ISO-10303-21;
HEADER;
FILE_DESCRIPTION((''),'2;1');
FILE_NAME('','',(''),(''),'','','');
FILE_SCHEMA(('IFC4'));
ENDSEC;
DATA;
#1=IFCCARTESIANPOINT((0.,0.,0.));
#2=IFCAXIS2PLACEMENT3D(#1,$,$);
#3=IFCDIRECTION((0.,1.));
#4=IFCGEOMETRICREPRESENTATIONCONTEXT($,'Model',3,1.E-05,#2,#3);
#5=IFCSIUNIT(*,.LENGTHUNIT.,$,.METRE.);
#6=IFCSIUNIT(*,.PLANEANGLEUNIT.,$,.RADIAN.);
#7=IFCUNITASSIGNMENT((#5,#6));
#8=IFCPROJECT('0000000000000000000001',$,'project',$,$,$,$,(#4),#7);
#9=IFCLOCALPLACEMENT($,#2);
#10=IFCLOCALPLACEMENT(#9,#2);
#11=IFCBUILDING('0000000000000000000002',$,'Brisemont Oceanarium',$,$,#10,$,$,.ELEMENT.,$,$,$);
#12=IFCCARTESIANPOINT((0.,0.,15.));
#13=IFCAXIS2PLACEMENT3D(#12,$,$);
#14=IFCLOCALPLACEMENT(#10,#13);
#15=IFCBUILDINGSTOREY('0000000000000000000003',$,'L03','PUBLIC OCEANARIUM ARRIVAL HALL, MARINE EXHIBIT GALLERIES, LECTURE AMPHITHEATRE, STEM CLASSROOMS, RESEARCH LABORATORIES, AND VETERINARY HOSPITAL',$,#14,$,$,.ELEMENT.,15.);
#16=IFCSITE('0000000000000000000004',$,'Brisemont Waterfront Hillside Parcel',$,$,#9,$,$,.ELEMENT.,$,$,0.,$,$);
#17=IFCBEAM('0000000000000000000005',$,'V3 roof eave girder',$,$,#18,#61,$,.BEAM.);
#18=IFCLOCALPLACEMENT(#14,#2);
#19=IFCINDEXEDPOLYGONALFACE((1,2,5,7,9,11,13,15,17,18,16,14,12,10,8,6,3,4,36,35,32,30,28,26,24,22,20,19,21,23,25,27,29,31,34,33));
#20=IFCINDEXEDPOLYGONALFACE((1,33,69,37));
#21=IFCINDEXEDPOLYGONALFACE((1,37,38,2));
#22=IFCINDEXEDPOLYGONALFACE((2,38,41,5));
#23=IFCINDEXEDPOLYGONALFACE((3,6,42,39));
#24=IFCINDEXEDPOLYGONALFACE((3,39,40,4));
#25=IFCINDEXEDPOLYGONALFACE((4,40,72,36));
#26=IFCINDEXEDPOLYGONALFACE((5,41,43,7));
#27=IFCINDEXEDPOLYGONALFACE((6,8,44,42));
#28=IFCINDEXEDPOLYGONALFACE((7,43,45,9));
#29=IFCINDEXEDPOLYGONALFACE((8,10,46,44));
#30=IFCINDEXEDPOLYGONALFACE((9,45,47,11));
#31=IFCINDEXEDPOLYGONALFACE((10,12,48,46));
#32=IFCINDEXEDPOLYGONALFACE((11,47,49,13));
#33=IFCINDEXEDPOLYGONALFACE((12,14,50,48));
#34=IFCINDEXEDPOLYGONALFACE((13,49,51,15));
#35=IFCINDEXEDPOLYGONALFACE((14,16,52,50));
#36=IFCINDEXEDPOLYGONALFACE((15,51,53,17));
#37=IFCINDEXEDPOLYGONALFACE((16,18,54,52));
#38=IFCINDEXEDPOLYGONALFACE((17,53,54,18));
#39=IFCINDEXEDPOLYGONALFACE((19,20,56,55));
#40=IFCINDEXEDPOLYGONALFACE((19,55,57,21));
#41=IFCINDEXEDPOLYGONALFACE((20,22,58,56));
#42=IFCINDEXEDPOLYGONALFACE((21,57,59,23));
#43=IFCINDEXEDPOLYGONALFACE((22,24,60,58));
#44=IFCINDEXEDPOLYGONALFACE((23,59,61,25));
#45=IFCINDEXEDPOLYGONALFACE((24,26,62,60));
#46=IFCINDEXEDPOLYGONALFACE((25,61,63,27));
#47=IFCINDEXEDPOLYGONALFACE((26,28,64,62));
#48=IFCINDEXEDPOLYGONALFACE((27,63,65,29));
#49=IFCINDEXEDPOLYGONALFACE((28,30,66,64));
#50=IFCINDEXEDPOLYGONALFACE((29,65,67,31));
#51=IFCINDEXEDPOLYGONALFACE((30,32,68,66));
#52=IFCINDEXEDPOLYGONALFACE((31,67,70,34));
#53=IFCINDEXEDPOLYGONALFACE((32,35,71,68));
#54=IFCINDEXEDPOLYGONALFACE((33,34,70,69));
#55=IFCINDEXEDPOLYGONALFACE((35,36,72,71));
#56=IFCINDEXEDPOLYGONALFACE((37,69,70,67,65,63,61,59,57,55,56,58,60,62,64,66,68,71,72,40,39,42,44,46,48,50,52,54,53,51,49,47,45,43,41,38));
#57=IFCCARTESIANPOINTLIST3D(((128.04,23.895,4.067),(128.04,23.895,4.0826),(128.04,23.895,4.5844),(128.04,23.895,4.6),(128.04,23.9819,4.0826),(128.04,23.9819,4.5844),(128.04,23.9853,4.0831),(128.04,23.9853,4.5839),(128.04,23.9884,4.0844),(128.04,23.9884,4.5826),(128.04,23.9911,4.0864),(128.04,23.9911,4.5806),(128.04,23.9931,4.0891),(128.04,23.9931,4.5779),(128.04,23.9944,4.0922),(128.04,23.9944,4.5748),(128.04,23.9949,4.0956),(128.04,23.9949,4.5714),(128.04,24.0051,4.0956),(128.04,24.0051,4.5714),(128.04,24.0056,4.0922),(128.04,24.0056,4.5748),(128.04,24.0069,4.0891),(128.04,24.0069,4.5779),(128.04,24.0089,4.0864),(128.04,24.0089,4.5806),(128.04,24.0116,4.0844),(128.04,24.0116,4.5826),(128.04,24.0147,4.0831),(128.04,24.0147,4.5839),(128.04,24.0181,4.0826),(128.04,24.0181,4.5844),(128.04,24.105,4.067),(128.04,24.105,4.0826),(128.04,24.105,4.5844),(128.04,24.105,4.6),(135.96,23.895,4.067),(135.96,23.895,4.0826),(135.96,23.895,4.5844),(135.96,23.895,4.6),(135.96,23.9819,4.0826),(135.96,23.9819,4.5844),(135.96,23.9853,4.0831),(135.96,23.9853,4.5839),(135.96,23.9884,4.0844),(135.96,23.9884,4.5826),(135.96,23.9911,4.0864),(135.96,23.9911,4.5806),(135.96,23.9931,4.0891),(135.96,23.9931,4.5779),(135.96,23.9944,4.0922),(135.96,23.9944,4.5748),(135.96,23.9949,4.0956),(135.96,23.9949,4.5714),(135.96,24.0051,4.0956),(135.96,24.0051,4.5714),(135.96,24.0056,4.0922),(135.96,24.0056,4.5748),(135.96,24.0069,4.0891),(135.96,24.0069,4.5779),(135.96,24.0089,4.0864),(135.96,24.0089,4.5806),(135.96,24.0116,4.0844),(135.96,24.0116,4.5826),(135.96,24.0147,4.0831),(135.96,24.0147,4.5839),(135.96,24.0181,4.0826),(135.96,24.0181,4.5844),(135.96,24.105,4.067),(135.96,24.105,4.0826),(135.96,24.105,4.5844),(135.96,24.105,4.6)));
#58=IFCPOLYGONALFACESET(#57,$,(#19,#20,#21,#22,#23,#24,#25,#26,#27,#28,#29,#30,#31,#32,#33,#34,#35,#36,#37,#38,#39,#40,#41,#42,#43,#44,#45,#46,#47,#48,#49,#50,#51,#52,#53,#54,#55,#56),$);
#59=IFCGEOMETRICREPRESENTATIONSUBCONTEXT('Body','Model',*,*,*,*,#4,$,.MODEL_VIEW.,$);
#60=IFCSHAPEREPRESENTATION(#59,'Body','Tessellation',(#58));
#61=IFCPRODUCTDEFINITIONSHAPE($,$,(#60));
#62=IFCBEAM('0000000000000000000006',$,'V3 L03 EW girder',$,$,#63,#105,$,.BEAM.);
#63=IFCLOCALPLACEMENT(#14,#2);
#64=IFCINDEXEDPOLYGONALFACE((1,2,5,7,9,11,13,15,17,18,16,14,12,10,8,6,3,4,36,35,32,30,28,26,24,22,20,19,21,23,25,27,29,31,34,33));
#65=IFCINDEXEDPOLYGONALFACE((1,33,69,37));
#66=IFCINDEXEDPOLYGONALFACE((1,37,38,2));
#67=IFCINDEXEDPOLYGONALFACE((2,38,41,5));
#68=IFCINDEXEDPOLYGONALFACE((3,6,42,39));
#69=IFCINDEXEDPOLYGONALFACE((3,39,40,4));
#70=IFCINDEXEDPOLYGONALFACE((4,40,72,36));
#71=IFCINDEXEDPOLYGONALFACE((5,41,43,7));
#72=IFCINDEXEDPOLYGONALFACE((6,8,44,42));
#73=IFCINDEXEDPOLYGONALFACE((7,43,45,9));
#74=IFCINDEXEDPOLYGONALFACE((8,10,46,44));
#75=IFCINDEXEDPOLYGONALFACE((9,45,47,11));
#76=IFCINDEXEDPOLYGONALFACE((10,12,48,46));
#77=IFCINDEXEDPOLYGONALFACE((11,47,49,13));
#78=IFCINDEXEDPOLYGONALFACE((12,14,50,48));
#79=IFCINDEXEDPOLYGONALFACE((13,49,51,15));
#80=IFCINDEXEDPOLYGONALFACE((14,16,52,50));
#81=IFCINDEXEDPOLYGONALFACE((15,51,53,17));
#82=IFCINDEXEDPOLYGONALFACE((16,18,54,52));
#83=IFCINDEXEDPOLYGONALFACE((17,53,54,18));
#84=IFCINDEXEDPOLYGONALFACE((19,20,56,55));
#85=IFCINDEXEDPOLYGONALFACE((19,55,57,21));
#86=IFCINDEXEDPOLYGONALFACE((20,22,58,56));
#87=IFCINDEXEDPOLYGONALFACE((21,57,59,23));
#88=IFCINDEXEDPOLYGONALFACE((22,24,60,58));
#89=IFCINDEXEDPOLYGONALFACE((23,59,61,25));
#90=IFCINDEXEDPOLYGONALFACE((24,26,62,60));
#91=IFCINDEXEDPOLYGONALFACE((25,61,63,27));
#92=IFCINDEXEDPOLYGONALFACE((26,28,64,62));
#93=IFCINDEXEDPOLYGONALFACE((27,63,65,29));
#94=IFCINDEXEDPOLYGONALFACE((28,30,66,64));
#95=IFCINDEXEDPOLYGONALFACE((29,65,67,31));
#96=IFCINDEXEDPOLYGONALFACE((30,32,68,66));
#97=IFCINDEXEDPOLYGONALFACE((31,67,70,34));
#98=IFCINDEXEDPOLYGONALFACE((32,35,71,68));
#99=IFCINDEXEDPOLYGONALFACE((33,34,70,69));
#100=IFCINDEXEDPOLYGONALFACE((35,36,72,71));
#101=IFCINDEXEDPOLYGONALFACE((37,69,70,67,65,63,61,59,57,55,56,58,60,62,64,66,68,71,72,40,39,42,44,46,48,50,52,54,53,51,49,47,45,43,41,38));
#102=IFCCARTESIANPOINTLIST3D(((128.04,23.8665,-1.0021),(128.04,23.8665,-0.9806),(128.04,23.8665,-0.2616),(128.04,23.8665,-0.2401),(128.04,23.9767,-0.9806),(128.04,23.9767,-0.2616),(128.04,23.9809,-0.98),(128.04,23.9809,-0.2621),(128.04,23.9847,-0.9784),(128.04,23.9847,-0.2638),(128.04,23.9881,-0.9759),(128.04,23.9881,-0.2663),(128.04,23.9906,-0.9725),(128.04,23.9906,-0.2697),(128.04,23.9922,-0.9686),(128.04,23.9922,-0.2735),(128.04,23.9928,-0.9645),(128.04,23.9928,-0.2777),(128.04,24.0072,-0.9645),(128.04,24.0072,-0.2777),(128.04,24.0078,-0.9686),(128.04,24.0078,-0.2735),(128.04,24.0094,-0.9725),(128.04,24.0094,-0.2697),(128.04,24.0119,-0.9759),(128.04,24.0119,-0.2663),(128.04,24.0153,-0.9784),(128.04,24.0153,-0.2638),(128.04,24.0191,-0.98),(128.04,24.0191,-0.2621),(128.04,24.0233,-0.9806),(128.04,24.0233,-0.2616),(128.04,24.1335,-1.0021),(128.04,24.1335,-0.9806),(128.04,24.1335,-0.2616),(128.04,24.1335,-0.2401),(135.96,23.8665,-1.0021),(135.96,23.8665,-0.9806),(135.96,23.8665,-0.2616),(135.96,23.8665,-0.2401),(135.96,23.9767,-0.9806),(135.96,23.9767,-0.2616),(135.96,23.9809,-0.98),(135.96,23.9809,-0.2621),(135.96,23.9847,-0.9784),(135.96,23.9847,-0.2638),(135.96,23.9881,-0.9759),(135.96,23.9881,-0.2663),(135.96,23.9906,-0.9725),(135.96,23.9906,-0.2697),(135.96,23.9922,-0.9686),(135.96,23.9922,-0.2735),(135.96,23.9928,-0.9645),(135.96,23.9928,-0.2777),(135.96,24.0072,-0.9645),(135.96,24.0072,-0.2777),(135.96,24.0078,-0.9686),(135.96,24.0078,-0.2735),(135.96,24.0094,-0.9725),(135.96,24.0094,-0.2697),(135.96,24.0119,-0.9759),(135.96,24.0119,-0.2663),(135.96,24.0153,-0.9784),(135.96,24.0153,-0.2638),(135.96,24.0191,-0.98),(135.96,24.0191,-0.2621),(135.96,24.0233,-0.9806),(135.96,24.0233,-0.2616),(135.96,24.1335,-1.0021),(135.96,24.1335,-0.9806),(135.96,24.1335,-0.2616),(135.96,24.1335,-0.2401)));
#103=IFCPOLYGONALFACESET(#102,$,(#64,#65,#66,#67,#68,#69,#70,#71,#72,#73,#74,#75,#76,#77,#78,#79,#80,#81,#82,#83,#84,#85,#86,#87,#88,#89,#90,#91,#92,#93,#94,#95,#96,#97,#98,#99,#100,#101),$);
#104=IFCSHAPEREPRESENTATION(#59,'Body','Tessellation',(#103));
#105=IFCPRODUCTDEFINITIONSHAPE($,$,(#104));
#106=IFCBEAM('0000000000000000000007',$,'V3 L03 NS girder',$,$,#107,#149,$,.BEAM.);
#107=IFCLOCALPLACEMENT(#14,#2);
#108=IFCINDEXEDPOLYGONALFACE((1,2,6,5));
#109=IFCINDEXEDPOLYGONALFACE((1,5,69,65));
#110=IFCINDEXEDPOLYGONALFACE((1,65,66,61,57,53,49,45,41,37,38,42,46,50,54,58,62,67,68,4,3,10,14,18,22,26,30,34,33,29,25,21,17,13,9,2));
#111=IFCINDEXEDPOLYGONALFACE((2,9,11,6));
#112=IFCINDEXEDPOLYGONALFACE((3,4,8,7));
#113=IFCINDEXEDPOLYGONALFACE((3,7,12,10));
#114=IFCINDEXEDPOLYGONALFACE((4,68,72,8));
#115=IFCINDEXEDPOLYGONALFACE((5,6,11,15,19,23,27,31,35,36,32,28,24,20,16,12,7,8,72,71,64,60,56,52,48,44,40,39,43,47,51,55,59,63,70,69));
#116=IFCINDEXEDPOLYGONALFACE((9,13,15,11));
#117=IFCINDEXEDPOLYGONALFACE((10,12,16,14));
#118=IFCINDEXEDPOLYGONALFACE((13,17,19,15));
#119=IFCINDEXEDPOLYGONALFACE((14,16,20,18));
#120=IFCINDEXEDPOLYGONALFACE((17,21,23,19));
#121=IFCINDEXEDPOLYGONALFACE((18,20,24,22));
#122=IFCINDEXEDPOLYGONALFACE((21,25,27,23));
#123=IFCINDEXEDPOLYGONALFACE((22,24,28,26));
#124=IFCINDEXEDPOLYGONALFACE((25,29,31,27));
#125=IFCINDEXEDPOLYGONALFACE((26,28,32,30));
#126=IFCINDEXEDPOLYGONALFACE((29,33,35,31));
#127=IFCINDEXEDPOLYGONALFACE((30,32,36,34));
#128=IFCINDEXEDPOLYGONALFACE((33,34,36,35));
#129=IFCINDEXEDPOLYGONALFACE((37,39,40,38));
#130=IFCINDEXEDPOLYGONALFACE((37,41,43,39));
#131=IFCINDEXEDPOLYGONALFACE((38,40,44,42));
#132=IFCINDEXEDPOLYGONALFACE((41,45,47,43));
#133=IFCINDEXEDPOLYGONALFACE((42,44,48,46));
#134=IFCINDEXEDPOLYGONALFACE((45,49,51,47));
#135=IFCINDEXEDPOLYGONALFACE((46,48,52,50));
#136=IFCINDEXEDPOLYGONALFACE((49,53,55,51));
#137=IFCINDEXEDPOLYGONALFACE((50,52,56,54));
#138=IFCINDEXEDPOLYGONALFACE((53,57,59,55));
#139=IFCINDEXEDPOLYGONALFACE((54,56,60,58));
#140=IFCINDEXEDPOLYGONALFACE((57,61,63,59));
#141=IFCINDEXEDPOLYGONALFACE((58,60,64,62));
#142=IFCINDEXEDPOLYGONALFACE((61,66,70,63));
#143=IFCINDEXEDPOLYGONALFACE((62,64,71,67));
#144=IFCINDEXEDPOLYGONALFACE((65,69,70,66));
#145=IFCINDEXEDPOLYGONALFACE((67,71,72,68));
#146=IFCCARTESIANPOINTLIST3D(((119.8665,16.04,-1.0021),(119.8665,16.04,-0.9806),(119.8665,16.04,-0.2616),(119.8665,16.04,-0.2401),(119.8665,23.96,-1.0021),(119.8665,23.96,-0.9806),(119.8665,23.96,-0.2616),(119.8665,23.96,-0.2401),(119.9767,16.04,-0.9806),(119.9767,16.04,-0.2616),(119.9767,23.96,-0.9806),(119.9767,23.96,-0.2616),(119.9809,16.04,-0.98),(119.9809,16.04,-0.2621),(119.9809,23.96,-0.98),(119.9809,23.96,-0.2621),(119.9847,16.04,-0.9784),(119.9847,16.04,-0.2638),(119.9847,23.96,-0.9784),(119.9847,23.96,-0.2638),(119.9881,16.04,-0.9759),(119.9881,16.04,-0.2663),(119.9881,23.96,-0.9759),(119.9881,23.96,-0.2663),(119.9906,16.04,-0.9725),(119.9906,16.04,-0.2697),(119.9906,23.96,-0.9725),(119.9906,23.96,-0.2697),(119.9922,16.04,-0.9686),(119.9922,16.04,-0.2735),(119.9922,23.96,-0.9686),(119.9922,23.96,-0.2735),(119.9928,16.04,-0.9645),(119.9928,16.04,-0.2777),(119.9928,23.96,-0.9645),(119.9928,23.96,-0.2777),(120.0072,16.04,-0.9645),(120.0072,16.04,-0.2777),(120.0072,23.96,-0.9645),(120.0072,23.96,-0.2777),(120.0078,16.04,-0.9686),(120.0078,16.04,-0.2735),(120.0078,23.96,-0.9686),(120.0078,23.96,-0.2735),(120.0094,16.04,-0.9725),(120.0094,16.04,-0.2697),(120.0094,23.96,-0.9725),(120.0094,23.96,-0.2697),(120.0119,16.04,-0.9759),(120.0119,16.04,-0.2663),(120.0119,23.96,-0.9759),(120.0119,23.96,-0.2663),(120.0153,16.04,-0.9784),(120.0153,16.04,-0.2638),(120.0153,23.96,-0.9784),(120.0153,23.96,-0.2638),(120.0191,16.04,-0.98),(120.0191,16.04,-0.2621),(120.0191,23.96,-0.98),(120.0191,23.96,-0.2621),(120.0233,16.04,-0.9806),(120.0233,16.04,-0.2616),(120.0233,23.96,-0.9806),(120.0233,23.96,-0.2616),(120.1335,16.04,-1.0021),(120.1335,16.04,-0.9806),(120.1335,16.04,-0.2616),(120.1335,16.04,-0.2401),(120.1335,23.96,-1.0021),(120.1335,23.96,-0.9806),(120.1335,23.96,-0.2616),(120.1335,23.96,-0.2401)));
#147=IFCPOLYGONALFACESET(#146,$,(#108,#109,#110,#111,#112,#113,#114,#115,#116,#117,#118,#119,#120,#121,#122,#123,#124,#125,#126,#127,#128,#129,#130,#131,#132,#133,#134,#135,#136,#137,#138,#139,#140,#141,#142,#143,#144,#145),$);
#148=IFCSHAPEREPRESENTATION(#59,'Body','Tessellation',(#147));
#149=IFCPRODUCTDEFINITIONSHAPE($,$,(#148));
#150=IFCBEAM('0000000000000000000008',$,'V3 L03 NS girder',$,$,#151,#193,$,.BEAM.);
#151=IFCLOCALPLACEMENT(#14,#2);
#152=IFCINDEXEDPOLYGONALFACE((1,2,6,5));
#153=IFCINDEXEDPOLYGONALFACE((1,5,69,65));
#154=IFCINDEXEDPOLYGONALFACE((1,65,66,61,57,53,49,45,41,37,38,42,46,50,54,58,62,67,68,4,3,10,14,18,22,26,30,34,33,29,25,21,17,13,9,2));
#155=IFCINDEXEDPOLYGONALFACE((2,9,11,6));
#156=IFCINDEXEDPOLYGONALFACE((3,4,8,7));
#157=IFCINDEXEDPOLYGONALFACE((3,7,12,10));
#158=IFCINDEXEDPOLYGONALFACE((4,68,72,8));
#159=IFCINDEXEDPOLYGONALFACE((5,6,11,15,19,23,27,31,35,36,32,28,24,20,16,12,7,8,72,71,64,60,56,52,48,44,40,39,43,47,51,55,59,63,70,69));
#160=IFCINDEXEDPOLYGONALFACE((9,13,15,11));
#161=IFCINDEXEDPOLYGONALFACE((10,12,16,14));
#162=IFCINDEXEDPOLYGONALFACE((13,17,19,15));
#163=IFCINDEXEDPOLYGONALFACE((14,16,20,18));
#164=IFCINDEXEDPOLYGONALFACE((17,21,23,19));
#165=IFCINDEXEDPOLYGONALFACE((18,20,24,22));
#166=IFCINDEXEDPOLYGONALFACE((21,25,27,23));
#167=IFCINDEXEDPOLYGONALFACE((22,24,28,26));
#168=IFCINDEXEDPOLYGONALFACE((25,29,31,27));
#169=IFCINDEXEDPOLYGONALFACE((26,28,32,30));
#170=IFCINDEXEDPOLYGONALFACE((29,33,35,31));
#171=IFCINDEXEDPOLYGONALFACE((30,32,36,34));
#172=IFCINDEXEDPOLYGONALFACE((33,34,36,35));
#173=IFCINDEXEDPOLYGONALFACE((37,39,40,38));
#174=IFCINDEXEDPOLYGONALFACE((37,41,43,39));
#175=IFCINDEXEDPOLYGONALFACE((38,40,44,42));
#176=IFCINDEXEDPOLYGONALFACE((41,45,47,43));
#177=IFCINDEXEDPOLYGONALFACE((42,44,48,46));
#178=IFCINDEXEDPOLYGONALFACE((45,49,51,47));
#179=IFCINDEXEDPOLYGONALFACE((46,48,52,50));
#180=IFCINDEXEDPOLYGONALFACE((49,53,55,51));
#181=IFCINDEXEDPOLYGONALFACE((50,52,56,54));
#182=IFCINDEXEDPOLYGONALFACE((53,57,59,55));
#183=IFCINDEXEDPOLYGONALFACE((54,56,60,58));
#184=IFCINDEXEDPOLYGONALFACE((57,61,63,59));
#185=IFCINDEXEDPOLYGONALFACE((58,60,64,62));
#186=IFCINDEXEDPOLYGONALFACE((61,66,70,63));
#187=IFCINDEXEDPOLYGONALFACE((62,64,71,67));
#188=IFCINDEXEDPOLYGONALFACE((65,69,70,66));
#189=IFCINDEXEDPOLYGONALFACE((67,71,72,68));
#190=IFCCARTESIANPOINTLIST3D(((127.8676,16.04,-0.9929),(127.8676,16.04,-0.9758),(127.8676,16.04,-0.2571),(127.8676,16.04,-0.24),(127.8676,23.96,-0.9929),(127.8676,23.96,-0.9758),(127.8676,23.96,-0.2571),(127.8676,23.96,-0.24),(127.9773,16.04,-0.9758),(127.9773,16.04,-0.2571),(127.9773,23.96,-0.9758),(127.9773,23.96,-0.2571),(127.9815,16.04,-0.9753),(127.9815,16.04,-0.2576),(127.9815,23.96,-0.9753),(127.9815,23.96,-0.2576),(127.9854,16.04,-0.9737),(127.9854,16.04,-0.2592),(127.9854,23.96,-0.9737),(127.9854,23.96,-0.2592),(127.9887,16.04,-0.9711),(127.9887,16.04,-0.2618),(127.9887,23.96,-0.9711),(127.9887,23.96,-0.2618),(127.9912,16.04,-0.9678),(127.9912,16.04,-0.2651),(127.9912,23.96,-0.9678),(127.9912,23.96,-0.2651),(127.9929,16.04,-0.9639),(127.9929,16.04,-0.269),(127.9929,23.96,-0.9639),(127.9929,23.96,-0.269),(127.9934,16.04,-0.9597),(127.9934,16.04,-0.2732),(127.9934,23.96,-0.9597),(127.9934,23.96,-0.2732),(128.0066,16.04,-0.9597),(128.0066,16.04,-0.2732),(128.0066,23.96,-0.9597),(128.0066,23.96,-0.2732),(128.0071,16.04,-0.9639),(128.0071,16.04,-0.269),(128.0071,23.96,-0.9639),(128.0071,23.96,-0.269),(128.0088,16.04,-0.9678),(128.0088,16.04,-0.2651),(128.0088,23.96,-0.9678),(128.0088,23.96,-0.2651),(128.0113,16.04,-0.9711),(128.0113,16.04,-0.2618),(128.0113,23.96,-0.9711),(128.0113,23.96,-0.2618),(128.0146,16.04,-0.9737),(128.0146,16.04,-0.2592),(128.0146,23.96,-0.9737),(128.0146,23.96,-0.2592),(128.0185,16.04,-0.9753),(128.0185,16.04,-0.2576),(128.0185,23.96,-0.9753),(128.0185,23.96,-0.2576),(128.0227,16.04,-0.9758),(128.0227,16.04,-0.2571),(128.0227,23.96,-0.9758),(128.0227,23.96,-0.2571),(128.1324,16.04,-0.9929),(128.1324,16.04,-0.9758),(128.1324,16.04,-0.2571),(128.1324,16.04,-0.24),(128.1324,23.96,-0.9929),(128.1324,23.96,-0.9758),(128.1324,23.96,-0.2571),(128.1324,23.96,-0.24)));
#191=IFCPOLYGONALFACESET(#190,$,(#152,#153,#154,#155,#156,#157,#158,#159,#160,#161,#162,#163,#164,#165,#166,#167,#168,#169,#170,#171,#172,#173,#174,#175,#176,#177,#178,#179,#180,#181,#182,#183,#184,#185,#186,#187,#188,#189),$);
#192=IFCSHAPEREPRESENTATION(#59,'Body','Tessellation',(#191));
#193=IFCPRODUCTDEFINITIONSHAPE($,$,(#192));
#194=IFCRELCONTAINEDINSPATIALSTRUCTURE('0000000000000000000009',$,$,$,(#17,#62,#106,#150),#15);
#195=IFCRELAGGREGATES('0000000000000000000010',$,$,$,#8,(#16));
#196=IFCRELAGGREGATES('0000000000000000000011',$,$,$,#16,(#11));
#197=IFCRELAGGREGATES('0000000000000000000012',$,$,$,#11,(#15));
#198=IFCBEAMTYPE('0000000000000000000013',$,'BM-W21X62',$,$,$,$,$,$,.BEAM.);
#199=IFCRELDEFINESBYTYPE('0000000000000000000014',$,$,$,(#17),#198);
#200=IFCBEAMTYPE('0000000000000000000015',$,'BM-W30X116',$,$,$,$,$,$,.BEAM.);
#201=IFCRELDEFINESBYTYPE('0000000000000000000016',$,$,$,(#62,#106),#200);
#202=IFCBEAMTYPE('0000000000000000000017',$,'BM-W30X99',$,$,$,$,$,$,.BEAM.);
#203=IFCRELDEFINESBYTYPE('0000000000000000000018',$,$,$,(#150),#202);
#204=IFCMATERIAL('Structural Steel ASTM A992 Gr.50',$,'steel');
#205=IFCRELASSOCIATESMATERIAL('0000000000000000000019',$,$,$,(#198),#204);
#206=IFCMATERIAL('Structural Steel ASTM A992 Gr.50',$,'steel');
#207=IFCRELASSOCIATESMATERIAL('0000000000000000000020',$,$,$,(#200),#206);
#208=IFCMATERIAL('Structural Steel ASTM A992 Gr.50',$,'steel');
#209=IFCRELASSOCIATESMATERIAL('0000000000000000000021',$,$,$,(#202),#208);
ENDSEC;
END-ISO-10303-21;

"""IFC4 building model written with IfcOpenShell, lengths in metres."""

from ifc_helpers import new_model, si_unit, direction, frame, origin, origin_2d, place, context, subcontext, project, spatial, i_section, extrude, material, material_profile, profile_set, type_object, element, save


model = new_model("IFC4")

# Units and contexts
model_context = context("Model", 3, precision=1e-05, world=origin(), true_north=direction((0.0, 1.0)))
body_context = subcontext(model_context, "Body", "Model", "MODEL_VIEW")
ifc_project = project(units=[si_unit("LENGTHUNIT", "METRE"), si_unit("PLANEANGLEUNIT", "RADIAN")], contexts=[model_context])

# Site, building, storey
site_placement = place(None, origin())
site = spatial("IfcSite", under=ifc_project, at=site_placement, Name="Brisemont Waterfront Hillside Parcel", CompositionType="ELEMENT", RefElevation=0.0)
building_placement = place(site_placement, origin())
building = spatial("IfcBuilding", under=site, at=building_placement, Name="Brisemont Oceanarium", CompositionType="ELEMENT")
storey_placement = place(building_placement, frame((0.0, 0.0, 15.0)))
storey = spatial("IfcBuildingStorey", under=building, at=storey_placement, Name="L03", Description="PUBLIC OCEANARIUM ARRIVAL HALL, MARINE EXHIBIT GALLERIES, LECTURE AMPHITHEATRE, STEM CLASSROOMS, RESEARCH LABORATORIES, AND VETERINARY HOSPITAL", CompositionType="ELEMENT", Elevation=15.0)

# Beams
ifc_material_1 = material(Name="Structural Steel ASTM A992 Gr.50", Category="steel")
ifc_material_profile_1 = material_profile(ifc_material_1, i_section(OverallWidth=0.21, OverallDepth=0.533, WebThickness=0.0103, FlangeThickness=0.0156, FilletRadius=0.0129, at=origin_2d()), Name="W21X62")
ifc_profile_set_1 = profile_set([ifc_material_profile_1], Name="Structural Steel ASTM A992 Gr.50")
beam_type_1 = type_object("IfcBeamType", Name="BM-W21X62", PredefinedType="BEAM", material=ifc_profile_set_1)
for number, where, z_axis, x_axis, name in (
    (1, (128.04, 24.0, 4.3335), (1.0, 0.0, 0.0), (0.0, 1.0, 0.0), "V3 roof eave girder"),
):
    element("IfcBeam", number, at=place(storey_placement, frame(where, z_axis=z_axis, x_axis=x_axis)), inside=storey, type_object=beam_type_1, Name=name, PredefinedType="BEAM", context=body_context, shape_type="SweptSolid", body=[
        extrude(i_section(OverallWidth=0.21, OverallDepth=0.533, WebThickness=0.0103, FlangeThickness=0.0156, FilletRadius=0.0129, at=origin_2d()), origin(), (0.0, 0.0, 1.0), 7.9199),
    ])
ifc_material_2 = material(Name="Structural Steel ASTM A992 Gr.50", Category="steel")
ifc_material_profile_2 = material_profile(ifc_material_2, i_section(OverallWidth=0.2671, OverallDepth=0.762, WebThickness=0.0144, FlangeThickness=0.0215, FilletRadius=0.0161, at=origin_2d()), Name="W30X116")
ifc_profile_set_2 = profile_set([ifc_material_profile_2], Name="Structural Steel ASTM A992 Gr.50")
beam_type_2 = type_object("IfcBeamType", Name="BM-W30X116", PredefinedType="BEAM", material=ifc_profile_set_2)
for number, where, z_axis, x_axis, name in (
    (2, (128.04, 24.0, -0.6211), (1.0, 0.0, 0.0), (0.0, 1.0, 0.0), "V3 L03 EW girder"),
    (3, (120.0, 16.04, -0.6211), (0.0, 1.0, 0.0), (-1.0, 0.0, 0.0), "V3 L03 NS girder"),
):
    element("IfcBeam", number, at=place(storey_placement, frame(where, z_axis=z_axis, x_axis=x_axis)), inside=storey, type_object=beam_type_2, Name=name, PredefinedType="BEAM", context=body_context, shape_type="SweptSolid", body=[
        extrude(i_section(OverallWidth=0.2671, OverallDepth=0.762, WebThickness=0.0144, FlangeThickness=0.0215, FilletRadius=0.0161, at=origin_2d()), origin(), (0.0, 0.0, 1.0), 7.9199),
    ])
ifc_material_3 = material(Name="Structural Steel ASTM A992 Gr.50", Category="steel")
ifc_material_profile_3 = material_profile(ifc_material_3, i_section(OverallWidth=0.2649, OverallDepth=0.7529, WebThickness=0.0132, FlangeThickness=0.0171, FilletRadius=0.0161, at=origin_2d()), Name="W30X99")
ifc_profile_set_3 = profile_set([ifc_material_profile_3], Name="Structural Steel ASTM A992 Gr.50")
beam_type_3 = type_object("IfcBeamType", Name="BM-W30X99", PredefinedType="BEAM", material=ifc_profile_set_3)
beam_1_placement = place(storey_placement, frame((128.0, 16.04, -0.6165), z_axis=(0.0, 1.0, 0.0), x_axis=(-1.0, 0.0, 0.0)))
element("IfcBeam", 4, at=beam_1_placement, inside=storey, type_object=beam_type_3, Name="V3 L03 NS girder", PredefinedType="BEAM", context=body_context, shape_type="SweptSolid", body=[
    extrude(i_section(OverallWidth=0.2649, OverallDepth=0.7529, WebThickness=0.0132, FlangeThickness=0.0171, FilletRadius=0.0161, at=origin_2d()), origin(), (0.0, 0.0, 1.0), 7.9199),
])

save(model, "model.ifc")
